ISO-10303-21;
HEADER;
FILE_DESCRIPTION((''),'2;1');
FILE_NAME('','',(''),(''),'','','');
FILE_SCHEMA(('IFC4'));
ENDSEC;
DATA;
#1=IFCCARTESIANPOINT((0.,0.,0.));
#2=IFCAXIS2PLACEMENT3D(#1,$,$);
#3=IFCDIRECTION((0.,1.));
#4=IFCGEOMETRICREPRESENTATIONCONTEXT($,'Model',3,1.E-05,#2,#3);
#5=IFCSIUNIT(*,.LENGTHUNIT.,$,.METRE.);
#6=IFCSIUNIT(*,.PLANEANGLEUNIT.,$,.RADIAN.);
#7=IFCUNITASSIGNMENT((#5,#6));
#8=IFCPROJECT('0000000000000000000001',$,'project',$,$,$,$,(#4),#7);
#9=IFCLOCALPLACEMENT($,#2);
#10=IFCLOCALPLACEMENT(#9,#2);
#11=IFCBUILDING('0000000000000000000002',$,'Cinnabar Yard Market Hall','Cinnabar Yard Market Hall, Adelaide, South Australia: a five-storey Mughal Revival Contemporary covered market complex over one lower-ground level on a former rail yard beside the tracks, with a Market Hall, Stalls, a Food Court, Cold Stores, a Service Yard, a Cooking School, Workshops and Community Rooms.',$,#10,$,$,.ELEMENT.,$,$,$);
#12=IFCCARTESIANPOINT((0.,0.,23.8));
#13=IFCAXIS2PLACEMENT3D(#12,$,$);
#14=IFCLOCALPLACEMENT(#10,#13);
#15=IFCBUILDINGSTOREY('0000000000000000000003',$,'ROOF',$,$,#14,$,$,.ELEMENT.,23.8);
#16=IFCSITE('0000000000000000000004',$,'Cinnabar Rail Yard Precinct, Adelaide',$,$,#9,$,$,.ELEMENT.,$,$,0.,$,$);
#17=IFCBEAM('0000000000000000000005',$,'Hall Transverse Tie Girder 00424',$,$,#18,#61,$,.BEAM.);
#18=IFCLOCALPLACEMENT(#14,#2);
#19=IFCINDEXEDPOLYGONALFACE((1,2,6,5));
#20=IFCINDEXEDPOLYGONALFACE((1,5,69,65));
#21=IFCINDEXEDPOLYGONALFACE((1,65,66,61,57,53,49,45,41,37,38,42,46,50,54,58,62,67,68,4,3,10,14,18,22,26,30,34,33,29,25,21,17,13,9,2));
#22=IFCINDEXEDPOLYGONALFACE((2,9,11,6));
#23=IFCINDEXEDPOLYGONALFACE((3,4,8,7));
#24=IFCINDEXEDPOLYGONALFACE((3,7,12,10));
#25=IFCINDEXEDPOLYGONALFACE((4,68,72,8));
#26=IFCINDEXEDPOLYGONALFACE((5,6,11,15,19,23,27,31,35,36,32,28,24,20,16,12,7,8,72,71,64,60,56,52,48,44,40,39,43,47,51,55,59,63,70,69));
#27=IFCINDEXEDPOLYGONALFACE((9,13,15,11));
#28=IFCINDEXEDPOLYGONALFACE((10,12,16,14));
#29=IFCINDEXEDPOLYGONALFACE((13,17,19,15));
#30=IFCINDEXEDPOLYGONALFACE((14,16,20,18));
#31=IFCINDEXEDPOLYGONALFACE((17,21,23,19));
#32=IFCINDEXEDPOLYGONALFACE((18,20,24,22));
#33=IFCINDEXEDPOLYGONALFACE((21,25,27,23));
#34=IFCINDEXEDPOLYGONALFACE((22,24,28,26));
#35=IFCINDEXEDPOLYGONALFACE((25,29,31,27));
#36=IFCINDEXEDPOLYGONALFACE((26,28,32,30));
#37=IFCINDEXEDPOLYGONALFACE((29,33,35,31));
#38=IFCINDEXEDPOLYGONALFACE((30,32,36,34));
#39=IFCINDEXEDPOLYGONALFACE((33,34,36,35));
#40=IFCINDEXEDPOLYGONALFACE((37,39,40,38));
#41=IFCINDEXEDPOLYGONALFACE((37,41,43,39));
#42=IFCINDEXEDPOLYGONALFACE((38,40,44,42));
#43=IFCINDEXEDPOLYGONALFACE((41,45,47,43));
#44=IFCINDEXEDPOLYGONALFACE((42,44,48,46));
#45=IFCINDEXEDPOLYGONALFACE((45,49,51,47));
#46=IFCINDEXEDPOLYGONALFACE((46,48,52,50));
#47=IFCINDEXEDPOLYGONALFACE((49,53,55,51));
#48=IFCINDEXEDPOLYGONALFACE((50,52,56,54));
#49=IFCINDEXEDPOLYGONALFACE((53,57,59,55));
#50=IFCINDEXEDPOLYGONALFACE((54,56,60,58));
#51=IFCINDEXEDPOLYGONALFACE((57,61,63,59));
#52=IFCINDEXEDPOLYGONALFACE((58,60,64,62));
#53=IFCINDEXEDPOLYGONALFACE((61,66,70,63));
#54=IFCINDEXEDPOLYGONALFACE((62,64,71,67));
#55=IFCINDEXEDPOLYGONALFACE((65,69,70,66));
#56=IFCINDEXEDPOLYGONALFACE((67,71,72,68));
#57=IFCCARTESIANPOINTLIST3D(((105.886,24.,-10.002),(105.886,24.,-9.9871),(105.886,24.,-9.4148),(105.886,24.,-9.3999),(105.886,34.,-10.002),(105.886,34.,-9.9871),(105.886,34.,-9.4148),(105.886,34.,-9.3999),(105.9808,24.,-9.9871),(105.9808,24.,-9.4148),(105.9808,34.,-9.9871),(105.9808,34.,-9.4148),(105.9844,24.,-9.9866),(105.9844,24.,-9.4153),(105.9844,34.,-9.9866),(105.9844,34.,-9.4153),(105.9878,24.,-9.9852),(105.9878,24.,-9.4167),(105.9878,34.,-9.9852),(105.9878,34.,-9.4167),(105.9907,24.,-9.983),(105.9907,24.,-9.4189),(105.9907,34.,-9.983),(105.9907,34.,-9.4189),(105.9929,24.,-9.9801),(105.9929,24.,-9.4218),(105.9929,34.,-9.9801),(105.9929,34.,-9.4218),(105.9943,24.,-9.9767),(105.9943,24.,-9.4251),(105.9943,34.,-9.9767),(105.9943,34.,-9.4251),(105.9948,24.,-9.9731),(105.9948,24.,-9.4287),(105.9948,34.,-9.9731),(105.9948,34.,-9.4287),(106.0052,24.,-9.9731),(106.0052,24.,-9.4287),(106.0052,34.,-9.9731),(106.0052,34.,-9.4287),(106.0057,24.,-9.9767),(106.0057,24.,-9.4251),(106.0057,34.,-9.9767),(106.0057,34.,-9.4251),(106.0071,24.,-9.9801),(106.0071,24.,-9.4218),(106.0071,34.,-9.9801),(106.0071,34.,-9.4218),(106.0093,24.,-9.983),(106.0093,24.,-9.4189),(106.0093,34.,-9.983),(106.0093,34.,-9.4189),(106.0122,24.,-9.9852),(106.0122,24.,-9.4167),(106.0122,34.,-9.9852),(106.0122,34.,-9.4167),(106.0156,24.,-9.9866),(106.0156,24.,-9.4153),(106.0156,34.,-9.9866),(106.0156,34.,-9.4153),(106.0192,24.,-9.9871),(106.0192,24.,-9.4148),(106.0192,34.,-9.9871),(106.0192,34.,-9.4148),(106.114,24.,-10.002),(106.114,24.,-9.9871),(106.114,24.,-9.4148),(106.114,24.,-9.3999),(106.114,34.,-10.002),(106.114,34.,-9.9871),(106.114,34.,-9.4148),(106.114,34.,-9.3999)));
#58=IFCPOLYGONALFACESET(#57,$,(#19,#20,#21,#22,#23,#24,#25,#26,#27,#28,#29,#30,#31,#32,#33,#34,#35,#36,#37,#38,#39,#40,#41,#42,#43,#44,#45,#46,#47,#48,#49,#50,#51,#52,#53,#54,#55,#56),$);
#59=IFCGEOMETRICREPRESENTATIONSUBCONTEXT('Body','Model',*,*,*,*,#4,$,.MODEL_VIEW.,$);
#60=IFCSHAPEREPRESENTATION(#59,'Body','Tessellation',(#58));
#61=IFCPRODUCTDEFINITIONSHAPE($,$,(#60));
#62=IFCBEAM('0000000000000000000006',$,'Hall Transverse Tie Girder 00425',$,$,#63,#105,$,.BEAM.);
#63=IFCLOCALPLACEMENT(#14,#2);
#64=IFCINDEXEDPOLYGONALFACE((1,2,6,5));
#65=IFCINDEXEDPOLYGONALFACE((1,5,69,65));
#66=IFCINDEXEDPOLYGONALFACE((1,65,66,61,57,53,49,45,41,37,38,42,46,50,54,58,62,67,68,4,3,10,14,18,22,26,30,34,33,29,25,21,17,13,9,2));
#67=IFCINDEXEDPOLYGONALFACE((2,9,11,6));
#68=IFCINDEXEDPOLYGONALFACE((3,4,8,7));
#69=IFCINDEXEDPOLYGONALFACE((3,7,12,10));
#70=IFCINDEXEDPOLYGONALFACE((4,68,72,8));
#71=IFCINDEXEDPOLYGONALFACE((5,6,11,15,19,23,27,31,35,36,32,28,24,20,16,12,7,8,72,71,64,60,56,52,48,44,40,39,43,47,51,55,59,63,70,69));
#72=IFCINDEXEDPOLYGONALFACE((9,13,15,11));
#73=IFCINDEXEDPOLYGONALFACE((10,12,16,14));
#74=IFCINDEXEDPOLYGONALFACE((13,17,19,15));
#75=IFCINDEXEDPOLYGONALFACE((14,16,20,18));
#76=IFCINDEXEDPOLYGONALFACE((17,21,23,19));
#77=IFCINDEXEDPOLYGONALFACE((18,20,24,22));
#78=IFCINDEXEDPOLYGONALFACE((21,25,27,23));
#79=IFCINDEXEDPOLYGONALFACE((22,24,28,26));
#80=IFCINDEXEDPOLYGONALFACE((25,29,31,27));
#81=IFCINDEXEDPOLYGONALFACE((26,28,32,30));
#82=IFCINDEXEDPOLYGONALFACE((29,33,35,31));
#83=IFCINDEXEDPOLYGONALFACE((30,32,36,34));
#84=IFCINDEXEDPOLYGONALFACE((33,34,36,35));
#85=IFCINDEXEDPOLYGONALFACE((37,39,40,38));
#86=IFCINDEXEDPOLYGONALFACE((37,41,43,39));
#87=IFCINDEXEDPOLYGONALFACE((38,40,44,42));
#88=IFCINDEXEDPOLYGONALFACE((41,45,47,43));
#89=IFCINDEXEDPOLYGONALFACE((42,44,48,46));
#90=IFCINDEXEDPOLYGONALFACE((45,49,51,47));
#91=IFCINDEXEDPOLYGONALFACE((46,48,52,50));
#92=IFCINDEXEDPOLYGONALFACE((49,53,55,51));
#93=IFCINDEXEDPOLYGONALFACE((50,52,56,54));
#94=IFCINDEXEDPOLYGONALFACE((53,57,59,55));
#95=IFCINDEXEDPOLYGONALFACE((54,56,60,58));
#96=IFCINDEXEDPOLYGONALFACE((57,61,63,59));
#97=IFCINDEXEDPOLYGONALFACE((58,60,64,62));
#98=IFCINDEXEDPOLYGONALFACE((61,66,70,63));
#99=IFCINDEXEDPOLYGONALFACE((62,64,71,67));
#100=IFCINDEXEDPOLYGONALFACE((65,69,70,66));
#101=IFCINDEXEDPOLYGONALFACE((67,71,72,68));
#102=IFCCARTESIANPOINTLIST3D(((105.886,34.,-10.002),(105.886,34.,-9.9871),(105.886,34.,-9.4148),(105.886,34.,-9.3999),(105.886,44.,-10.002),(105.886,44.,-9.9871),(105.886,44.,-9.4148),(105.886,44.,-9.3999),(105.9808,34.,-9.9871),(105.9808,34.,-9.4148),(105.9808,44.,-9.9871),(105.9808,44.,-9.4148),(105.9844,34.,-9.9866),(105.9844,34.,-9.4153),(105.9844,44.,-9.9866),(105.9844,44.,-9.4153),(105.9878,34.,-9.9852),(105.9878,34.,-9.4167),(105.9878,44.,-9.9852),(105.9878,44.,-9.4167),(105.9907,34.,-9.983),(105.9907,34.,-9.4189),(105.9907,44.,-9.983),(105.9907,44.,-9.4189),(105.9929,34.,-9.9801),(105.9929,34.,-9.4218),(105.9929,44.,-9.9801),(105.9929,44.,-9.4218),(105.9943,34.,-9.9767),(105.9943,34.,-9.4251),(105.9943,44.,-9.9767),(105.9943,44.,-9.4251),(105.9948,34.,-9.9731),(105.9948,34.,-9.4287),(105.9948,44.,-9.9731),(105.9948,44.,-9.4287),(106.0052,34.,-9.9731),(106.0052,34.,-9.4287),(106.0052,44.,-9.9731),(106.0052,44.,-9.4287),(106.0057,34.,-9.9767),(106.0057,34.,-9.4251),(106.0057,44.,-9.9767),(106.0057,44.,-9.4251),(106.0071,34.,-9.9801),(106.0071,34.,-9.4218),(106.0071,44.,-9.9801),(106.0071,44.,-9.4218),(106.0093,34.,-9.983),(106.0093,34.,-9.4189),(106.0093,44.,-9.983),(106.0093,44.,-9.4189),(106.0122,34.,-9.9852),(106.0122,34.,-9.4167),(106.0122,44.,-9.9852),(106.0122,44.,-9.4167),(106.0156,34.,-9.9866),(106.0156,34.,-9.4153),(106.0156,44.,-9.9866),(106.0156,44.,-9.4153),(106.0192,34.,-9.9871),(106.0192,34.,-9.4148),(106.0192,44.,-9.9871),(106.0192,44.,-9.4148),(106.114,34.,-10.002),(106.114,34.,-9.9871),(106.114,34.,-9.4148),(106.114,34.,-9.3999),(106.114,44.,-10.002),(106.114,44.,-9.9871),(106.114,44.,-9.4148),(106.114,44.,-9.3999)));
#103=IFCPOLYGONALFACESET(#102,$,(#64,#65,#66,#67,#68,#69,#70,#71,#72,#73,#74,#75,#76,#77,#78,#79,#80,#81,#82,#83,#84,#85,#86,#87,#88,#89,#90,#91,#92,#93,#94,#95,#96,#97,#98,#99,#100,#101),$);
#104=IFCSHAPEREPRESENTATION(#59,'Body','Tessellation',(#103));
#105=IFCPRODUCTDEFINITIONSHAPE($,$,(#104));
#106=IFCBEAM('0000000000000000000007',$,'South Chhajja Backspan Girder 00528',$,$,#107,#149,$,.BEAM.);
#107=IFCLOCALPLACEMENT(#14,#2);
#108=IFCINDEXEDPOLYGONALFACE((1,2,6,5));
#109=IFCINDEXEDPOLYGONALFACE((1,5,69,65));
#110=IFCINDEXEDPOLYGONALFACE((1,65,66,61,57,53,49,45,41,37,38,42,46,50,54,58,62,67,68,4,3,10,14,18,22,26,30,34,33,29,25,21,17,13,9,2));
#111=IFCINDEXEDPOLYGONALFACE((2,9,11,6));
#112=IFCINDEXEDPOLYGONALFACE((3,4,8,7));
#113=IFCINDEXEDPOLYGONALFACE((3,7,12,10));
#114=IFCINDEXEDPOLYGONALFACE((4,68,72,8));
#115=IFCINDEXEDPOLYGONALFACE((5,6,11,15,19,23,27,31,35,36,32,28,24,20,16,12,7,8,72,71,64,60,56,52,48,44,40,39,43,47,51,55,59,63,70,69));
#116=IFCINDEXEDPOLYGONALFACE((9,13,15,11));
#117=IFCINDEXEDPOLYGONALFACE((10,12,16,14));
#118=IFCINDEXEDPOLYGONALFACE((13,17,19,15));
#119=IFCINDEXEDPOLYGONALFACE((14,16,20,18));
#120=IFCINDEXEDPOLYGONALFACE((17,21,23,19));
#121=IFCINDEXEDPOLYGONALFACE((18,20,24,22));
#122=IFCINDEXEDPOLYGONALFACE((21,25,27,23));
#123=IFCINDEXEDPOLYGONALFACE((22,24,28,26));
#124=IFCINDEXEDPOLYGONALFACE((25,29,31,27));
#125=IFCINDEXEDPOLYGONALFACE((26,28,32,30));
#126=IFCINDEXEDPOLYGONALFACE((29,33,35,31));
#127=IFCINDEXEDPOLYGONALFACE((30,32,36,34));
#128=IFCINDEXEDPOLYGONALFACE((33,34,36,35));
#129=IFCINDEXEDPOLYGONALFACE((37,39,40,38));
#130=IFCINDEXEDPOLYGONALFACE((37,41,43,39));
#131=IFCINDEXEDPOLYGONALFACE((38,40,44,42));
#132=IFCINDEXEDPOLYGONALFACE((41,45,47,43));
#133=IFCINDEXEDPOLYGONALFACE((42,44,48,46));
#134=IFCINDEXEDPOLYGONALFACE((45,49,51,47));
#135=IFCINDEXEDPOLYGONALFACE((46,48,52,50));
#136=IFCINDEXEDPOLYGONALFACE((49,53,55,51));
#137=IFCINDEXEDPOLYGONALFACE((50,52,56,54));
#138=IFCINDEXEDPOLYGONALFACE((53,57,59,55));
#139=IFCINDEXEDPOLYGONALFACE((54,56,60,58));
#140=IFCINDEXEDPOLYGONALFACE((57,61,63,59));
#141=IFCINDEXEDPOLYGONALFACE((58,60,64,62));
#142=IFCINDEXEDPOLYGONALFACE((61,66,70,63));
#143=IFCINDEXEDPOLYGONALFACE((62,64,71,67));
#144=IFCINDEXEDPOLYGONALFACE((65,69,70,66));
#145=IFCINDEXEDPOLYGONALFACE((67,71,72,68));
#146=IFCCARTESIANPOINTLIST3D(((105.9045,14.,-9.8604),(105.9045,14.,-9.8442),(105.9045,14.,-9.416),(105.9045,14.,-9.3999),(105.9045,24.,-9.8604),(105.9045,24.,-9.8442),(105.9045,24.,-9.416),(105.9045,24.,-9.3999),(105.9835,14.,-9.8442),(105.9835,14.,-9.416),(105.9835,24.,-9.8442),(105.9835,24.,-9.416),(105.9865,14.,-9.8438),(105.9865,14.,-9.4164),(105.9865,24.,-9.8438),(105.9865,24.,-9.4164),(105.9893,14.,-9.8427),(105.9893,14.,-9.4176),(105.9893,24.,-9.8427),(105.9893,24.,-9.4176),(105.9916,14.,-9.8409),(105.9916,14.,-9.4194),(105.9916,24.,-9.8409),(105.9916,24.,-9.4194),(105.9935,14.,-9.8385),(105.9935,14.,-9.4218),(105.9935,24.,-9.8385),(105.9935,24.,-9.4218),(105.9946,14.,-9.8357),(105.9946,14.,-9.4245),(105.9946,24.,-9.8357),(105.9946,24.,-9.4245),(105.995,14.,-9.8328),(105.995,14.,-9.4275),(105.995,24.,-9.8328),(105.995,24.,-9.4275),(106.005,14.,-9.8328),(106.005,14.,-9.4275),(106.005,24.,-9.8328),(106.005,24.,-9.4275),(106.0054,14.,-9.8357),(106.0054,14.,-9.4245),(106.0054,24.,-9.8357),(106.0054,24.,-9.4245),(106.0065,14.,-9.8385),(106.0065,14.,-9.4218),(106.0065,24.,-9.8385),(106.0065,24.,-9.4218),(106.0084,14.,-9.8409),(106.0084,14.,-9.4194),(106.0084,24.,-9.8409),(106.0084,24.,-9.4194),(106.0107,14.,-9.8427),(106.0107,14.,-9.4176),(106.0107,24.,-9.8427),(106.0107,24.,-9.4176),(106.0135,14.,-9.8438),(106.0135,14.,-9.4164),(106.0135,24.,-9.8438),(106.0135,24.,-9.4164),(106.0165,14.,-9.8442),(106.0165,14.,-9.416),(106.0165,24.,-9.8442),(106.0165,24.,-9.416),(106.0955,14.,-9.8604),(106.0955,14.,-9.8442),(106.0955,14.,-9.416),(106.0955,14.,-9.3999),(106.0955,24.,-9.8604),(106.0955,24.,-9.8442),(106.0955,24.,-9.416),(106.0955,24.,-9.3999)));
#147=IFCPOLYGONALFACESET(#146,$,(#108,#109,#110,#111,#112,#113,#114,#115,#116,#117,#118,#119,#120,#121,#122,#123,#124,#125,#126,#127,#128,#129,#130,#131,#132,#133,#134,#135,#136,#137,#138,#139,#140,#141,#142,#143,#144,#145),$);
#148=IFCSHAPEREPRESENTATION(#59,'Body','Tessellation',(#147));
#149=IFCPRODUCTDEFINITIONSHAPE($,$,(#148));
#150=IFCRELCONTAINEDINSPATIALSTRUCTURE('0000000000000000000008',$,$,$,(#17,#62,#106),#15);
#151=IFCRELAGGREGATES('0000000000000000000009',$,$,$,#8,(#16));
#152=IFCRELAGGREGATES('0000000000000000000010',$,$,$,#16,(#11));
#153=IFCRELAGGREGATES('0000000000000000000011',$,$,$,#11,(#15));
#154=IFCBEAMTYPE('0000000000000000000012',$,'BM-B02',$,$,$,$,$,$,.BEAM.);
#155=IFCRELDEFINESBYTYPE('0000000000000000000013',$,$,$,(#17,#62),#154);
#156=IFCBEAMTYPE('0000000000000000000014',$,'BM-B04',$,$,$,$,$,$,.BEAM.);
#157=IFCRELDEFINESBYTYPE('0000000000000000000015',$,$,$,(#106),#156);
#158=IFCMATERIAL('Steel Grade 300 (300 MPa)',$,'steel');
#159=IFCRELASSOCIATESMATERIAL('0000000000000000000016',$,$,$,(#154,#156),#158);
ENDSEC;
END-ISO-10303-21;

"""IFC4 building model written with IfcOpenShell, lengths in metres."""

from ifc_helpers import new_model, si_unit, direction, frame, origin, origin_2d_with_axis, place, context, subcontext, project, spatial, i_section, extrude, material, material_profile, profile_set, type_object, element, save


model = new_model("IFC4")

# Units and contexts
model_context = context("Model", 3, precision=1e-05, world=origin(), true_north=direction((0.0, 1.0)))
body_context = subcontext(model_context, "Body", "Model", "MODEL_VIEW")
ifc_project = project(units=[si_unit("LENGTHUNIT", "METRE"), si_unit("PLANEANGLEUNIT", "RADIAN")], contexts=[model_context])

# Site, building, storey
site_placement = place(None, origin())
site = spatial("IfcSite", under=ifc_project, at=site_placement, Name="Cinnabar Rail Yard Precinct, Adelaide", CompositionType="ELEMENT", RefElevation=0.0)
building_placement = place(site_placement, origin())
building = spatial("IfcBuilding", under=site, at=building_placement, Name="Cinnabar Yard Market Hall", Description="Cinnabar Yard Market Hall, Adelaide, South Australia: a five-storey Mughal Revival Contemporary covered market complex over one lower-ground level on a former rail yard beside the tracks, with a Market Hall, Stalls, a Food Court, Cold Stores, a Service Yard, a Cooking School, Workshops and Community Rooms.", CompositionType="ELEMENT")
storey_placement = place(building_placement, frame((0.0, 0.0, 23.8)))
storey = spatial("IfcBuildingStorey", under=building, at=storey_placement, Name="ROOF", CompositionType="ELEMENT", Elevation=23.8)

# Beams
ifc_material_1 = material(Name="Steel Grade 300 (300 MPa)", Category="steel")
ifc_material_profile_1 = material_profile(ifc_material_1, i_section(OverallWidth=0.228, OverallDepth=0.6021, WebThickness=0.0105, FlangeThickness=0.0149, FilletRadius=0.0139, at=origin_2d_with_axis()), Name="610UB101")
ifc_profile_set_1 = profile_set([ifc_material_profile_1], Name="Steel Grade 300 (300 MPa)")
beam_type_1 = type_object("IfcBeamType", Name="BM-B02", PredefinedType="BEAM", material=ifc_profile_set_1)
for number, where, z_axis, x_axis, name in (
    (1, (106.0, 24.0, -9.7009), (0.0, 1.0, 0.0), (-1.0, 0.0, 0.0), "Hall Transverse Tie Girder 00424"),
    (2, (106.0, 34.0, -9.7009), (0.0, 1.0, 0.0), (-1.0, 0.0, 0.0), "Hall Transverse Tie Girder 00425"),
):
    element("IfcBeam", number, at=place(storey_placement, frame(where, z_axis=z_axis, x_axis=x_axis)), inside=storey, type_object=beam_type_1, Name=name, PredefinedType="BEAM", context=body_context, shape_type="SweptSolid", body=[
        extrude(i_section(OverallWidth=0.228, OverallDepth=0.6021, WebThickness=0.0105, FlangeThickness=0.0149, FilletRadius=0.0139, at=origin_2d_with_axis()), origin(), (0.0, 0.0, 1.0), 10.0),
    ])
ifc_material_profile_2 = material_profile(ifc_material_1, i_section(OverallWidth=0.1909, OverallDepth=0.4604, WebThickness=0.01, FlangeThickness=0.0161, FilletRadius=0.0115, at=origin_2d_with_axis()), Name="460UB82.1")
ifc_profile_set_2 = profile_set([ifc_material_profile_2], Name="Steel Grade 300 (300 MPa)")
beam_type_2 = type_object("IfcBeamType", Name="BM-B04", PredefinedType="BEAM", material=ifc_profile_set_2)
beam_placement = place(storey_placement, frame((106.0, 24.0, -9.6301), z_axis=(0.0, -1.0, 0.0), x_axis=(1.0, 0.0, 0.0)))
element("IfcBeam", 3, at=beam_placement, inside=storey, type_object=beam_type_2, Name="South Chhajja Backspan Girder 00528", PredefinedType="BEAM", context=body_context, shape_type="SweptSolid", body=[
    extrude(i_section(OverallWidth=0.1909, OverallDepth=0.4604, WebThickness=0.01, FlangeThickness=0.0161, FilletRadius=0.0115, at=origin_2d_with_axis()), origin(), (0.0, 0.0, 1.0), 10.0),
])

save(model, "model.ifc")
